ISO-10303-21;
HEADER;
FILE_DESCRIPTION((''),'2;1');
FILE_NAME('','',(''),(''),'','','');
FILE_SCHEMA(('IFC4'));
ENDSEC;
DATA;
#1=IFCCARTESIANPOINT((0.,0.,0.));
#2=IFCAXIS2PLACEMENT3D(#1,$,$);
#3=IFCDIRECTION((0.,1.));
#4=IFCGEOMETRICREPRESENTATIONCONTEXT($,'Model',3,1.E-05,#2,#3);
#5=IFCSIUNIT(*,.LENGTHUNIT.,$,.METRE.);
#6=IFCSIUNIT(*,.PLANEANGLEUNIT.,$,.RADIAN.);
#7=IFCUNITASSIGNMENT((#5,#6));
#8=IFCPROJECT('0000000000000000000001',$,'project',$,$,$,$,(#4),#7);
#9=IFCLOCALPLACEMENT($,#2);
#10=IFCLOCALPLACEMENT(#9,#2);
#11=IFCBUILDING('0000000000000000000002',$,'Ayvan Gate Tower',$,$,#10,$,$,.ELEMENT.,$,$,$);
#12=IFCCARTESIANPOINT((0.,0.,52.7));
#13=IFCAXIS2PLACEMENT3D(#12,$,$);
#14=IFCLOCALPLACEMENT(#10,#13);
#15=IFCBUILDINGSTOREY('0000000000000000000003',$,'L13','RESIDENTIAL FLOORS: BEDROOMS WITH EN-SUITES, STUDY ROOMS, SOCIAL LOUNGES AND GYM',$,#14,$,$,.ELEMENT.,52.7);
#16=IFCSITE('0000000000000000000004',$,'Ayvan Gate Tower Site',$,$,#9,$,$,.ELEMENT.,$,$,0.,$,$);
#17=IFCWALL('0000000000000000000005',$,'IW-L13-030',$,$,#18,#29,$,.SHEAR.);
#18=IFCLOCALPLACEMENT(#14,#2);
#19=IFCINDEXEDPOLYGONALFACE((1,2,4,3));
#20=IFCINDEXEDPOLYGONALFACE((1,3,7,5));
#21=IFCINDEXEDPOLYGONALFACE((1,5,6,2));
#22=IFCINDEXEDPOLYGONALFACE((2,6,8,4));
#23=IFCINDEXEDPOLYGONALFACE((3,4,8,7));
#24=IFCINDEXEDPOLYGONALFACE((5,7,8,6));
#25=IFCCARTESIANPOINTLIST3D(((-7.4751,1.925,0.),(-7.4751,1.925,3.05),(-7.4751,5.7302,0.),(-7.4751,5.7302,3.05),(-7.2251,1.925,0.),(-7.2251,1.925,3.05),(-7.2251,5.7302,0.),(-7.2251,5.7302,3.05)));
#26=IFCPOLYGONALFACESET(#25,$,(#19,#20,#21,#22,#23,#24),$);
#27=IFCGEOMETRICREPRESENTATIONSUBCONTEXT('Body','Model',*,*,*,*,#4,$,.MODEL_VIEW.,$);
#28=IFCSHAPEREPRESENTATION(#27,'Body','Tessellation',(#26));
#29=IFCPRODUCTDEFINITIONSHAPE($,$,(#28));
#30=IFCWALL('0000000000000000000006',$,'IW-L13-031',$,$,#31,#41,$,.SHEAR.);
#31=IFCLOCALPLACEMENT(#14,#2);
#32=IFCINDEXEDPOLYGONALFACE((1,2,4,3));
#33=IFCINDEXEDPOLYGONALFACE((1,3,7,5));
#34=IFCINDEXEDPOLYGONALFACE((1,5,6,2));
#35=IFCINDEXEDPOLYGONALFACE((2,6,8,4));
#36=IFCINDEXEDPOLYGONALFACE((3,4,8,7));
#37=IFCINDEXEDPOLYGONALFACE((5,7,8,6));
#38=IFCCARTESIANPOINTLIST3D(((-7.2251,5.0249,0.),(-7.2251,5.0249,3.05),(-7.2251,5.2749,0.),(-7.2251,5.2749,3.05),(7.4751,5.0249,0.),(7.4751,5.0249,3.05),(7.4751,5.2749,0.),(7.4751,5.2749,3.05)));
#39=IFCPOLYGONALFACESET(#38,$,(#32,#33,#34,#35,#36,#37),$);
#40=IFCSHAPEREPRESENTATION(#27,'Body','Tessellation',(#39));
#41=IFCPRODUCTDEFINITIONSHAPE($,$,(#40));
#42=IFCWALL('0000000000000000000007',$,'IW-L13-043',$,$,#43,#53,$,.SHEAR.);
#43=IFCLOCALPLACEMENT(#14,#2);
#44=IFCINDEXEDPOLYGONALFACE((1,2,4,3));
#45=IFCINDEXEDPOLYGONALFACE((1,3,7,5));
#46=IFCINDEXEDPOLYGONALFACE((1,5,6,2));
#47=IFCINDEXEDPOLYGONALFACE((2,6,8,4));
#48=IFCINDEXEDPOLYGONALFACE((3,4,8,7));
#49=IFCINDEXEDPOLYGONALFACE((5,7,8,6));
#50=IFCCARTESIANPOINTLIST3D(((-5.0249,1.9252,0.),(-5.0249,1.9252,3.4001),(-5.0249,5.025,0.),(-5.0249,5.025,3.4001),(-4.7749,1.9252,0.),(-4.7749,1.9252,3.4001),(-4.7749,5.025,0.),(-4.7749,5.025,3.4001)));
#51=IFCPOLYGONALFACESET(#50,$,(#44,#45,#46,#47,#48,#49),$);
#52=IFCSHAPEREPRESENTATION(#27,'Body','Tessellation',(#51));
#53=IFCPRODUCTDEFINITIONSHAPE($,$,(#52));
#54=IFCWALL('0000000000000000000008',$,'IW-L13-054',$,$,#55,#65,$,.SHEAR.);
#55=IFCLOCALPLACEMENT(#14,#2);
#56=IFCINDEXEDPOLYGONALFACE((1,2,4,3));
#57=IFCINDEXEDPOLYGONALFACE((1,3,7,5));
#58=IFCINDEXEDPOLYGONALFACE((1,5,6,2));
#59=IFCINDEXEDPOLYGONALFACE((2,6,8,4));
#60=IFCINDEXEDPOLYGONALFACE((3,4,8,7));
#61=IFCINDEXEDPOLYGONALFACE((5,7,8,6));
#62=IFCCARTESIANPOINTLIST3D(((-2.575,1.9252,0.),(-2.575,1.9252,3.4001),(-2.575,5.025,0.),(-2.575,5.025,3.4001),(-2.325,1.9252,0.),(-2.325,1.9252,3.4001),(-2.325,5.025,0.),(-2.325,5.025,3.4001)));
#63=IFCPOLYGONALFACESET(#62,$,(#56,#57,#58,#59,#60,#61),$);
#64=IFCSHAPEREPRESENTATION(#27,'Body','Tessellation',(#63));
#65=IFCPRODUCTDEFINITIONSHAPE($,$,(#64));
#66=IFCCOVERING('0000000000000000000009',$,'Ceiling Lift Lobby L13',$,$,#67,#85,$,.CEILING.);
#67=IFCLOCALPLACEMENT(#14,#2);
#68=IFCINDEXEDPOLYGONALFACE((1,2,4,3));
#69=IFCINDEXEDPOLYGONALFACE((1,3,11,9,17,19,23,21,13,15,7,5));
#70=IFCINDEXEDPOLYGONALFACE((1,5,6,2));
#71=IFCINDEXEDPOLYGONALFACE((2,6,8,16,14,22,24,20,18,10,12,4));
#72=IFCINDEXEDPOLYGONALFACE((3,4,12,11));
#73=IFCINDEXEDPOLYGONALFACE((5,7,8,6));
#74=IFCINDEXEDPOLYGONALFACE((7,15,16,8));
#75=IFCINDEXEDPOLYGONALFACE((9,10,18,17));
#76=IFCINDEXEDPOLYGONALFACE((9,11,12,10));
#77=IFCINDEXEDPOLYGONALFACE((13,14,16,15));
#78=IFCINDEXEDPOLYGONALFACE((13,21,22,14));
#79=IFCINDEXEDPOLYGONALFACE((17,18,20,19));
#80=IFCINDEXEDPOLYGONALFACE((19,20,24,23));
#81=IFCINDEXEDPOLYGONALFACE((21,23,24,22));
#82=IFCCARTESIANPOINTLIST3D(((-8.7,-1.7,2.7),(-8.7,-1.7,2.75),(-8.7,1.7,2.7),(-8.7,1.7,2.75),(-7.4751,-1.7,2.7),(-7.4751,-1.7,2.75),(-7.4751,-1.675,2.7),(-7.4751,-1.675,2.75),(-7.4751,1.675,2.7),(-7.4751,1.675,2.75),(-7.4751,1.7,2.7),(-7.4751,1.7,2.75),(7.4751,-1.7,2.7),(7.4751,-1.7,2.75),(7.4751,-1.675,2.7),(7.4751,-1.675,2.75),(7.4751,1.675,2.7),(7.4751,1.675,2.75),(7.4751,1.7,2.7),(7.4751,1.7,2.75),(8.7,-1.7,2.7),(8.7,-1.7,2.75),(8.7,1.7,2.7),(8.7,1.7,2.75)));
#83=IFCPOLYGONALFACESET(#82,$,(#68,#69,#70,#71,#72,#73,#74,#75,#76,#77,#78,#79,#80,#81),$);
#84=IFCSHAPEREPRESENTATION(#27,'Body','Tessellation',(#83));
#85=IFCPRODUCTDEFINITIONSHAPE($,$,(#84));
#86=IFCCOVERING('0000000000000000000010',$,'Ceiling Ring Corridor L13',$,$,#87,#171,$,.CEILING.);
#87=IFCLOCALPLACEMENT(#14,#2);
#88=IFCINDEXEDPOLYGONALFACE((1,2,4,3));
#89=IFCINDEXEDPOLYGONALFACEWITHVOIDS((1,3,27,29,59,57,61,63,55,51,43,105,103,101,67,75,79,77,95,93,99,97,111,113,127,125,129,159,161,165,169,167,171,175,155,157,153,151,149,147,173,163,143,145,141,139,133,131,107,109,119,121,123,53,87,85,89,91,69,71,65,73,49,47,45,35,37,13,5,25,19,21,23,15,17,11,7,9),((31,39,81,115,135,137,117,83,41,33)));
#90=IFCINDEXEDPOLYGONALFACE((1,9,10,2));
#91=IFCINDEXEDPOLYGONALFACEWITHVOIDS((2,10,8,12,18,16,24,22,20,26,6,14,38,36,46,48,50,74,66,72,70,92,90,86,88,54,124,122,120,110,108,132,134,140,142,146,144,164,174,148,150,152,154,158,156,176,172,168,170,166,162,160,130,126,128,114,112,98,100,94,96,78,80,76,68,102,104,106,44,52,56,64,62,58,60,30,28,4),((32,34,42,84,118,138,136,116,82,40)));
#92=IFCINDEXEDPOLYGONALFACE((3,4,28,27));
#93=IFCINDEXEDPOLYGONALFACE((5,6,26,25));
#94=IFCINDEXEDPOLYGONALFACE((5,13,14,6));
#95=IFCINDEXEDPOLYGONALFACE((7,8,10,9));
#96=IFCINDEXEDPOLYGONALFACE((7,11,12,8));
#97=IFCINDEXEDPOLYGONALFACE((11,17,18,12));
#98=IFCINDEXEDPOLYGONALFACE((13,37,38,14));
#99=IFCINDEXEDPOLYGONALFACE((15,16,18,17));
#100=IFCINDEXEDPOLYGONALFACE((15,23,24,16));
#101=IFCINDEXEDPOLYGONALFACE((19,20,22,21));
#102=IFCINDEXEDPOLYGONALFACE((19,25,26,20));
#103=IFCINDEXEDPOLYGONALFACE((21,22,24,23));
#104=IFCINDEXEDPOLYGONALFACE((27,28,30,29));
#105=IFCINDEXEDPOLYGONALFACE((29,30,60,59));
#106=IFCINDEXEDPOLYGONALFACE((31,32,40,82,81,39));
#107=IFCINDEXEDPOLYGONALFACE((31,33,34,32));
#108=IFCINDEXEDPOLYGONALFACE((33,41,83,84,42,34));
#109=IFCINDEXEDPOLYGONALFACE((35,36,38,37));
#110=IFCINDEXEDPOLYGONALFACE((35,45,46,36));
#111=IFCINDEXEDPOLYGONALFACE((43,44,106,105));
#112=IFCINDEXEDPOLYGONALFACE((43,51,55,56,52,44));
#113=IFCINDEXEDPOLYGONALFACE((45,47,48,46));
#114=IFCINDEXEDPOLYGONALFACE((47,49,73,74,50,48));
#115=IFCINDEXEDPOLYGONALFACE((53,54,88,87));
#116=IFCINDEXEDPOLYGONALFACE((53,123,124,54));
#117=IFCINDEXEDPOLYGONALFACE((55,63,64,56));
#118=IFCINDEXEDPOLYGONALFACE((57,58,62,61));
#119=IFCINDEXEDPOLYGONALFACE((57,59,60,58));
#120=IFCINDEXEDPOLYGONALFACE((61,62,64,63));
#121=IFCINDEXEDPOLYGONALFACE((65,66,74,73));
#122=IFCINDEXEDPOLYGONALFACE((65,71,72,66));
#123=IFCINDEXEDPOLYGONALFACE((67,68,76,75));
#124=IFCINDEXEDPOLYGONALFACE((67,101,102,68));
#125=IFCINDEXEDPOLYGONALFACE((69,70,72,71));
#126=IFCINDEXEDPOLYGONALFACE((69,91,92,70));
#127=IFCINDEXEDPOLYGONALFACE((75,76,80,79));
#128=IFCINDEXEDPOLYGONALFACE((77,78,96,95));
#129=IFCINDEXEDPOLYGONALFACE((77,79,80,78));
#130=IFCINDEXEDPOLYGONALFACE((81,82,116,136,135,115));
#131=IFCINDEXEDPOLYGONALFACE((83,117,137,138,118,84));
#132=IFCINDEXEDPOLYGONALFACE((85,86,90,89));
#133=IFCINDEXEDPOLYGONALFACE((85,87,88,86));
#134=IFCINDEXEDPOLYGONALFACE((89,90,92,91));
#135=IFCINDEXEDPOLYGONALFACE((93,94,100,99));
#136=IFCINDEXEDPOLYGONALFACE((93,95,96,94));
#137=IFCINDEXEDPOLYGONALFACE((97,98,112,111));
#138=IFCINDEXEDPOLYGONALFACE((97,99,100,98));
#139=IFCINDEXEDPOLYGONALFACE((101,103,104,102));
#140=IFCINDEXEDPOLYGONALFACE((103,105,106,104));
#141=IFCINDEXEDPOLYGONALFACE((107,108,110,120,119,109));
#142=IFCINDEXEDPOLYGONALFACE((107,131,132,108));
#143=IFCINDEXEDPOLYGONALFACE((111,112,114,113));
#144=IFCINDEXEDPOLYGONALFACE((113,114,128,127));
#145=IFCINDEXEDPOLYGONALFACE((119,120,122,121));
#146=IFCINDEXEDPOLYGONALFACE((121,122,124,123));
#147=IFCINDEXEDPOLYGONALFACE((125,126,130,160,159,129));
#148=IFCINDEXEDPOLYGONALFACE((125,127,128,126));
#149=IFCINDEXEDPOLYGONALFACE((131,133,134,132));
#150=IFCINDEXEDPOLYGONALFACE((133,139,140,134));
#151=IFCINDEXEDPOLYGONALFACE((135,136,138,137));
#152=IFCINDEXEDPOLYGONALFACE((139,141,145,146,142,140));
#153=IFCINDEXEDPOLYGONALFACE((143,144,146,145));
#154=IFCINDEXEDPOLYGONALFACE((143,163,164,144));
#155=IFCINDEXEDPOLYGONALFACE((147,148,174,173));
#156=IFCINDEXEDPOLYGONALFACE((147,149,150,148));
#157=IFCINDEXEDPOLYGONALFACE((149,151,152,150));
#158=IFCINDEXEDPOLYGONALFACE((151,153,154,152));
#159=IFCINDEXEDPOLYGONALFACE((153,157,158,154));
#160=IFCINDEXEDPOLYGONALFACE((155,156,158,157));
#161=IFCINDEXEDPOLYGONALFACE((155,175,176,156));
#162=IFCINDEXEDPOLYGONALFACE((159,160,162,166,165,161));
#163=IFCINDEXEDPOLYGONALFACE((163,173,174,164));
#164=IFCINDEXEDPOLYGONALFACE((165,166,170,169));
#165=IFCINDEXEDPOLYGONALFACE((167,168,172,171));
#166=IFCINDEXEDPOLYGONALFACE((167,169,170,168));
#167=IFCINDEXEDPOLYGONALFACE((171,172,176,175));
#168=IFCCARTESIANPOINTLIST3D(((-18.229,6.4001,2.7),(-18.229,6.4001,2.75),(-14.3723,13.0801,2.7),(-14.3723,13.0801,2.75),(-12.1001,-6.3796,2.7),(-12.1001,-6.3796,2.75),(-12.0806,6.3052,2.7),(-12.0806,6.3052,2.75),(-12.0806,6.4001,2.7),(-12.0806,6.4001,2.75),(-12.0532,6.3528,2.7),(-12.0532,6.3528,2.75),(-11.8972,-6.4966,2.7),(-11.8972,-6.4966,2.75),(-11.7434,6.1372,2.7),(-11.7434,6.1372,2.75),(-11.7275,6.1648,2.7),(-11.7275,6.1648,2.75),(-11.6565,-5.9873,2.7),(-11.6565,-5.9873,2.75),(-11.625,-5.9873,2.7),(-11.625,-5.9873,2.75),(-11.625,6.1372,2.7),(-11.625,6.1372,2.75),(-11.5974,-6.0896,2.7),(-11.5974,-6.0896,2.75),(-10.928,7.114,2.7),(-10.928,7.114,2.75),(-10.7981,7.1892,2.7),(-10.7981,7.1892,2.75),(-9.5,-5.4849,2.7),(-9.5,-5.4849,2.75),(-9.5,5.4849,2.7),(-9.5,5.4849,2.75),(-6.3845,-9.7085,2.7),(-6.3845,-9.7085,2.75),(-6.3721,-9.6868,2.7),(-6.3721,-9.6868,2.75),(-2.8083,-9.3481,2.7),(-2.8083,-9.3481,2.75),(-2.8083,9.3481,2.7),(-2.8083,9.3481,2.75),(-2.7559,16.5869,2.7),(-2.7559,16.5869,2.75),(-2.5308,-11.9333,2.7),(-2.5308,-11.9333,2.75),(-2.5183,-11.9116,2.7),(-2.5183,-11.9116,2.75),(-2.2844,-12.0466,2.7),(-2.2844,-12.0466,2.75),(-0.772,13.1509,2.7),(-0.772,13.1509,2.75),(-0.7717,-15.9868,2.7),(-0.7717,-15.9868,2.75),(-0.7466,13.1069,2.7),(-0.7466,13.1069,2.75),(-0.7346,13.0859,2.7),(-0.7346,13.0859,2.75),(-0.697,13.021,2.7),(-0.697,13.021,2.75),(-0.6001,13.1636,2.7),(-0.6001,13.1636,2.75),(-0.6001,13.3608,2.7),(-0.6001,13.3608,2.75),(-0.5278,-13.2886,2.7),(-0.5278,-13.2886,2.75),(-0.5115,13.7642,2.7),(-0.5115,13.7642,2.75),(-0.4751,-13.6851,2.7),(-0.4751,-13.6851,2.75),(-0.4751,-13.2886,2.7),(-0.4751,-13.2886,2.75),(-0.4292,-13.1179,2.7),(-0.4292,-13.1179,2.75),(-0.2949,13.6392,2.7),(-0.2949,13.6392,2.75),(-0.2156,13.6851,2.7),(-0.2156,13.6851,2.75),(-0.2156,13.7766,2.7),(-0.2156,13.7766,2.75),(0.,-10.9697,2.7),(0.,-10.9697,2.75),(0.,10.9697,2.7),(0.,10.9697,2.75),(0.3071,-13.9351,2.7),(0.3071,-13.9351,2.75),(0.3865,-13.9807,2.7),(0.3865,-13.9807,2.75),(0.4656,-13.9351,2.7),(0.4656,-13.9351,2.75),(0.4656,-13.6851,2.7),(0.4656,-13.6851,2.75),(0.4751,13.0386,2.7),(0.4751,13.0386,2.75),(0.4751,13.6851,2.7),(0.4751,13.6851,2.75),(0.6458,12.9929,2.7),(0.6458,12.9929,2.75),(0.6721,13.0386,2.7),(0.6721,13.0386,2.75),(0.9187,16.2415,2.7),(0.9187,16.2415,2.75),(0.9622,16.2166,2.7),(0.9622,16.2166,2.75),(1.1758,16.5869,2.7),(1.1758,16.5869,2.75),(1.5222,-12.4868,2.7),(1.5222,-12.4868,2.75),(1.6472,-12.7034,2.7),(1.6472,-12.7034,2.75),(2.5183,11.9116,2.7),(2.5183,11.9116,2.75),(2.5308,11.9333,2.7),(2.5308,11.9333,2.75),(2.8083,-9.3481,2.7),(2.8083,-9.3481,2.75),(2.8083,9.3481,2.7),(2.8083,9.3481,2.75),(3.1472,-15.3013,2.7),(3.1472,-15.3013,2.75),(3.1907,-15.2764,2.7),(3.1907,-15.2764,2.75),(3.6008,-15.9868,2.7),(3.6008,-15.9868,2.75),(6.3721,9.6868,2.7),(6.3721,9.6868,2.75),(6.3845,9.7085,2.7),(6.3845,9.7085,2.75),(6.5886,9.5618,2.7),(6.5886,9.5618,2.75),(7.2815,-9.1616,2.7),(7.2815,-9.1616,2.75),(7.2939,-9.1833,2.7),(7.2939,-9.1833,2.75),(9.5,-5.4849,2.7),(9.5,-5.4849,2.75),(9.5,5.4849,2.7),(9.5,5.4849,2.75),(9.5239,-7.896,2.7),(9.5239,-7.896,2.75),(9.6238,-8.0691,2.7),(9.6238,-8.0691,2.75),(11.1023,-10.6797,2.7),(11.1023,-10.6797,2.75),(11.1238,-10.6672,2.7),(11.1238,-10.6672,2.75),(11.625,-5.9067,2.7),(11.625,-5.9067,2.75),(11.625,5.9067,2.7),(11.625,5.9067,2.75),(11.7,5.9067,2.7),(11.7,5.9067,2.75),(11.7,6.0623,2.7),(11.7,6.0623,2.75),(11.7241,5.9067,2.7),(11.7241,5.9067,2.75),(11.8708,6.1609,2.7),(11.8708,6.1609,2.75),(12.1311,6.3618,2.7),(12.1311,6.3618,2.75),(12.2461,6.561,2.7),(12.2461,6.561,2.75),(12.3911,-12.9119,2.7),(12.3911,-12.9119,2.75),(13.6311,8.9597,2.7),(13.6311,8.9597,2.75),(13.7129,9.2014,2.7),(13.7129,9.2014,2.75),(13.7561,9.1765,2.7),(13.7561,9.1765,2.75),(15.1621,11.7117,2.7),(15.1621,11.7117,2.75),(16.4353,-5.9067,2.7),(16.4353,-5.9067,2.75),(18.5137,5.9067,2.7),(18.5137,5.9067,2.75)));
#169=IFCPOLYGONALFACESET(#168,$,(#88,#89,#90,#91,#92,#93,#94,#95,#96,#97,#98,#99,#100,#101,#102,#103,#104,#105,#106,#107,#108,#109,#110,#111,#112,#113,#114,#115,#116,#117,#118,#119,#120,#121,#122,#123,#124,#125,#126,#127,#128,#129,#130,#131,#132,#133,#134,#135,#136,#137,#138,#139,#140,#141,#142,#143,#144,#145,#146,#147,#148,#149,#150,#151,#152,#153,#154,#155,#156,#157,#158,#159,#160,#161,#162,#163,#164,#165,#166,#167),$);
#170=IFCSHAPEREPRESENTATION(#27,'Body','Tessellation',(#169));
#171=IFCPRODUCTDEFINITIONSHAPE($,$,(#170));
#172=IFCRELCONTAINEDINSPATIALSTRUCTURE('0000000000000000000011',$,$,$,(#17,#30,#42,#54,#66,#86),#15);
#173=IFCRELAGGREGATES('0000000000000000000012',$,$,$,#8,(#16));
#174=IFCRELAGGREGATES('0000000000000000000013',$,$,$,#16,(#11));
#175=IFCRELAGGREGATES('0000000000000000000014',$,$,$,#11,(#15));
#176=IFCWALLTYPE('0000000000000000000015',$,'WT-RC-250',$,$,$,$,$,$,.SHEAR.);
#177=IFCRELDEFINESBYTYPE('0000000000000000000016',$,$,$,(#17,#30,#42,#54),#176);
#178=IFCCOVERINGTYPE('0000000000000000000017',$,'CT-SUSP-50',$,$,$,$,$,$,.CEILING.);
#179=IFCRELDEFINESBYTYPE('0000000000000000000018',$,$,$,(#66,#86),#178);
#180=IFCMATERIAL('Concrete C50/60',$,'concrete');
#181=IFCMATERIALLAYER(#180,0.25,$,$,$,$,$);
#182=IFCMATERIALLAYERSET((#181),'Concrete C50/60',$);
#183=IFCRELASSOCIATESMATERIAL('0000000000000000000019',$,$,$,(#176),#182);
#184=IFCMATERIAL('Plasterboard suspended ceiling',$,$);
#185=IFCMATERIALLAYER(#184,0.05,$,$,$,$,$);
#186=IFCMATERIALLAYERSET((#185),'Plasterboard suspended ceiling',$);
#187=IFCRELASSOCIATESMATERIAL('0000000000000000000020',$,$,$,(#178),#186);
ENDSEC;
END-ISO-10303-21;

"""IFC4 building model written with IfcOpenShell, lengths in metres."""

from ifc_helpers import new_model, si_unit, direction, frame, frame_2d, origin, place, context, subcontext, project, spatial, polyline, rectangle, outline, extrude, material, layer, layer_set, type_object, element, save


model = new_model("IFC4")

# Units and contexts
model_context = context("Model", 3, precision=1e-05, world=origin(), true_north=direction((0.0, 1.0)))
body_context = subcontext(model_context, "Body", "Model", "MODEL_VIEW")
ifc_project = project(units=[si_unit("LENGTHUNIT", "METRE"), si_unit("PLANEANGLEUNIT", "RADIAN")], contexts=[model_context])

# Site, building, storey
site_placement = place(None, origin())
site = spatial("IfcSite", under=ifc_project, at=site_placement, Name="Ayvan Gate Tower Site", CompositionType="ELEMENT", RefElevation=0.0)
building_placement = place(site_placement, origin())
building = spatial("IfcBuilding", under=site, at=building_placement, Name="Ayvan Gate Tower", CompositionType="ELEMENT")
storey_placement = place(building_placement, frame((0.0, 0.0, 52.7)))
storey = spatial("IfcBuildingStorey", under=building, at=storey_placement, Name="L13", Description="RESIDENTIAL FLOORS: BEDROOMS WITH EN-SUITES, STUDY ROOMS, SOCIAL LOUNGES AND GYM", CompositionType="ELEMENT", Elevation=52.7)

# Walls
ifc_material_1 = material(Name="Concrete C50/60", Category="concrete")
ifc_layer_1 = layer(ifc_material_1, 0.25)
ifc_layer_set_1 = layer_set([ifc_layer_1], Name="Concrete C50/60")
wall_type_1 = type_object("IfcWallType", Name="WT-RC-250", PredefinedType="SHEAR", material=ifc_layer_set_1)
wall_1_placement = place(storey_placement, frame((-7.3501, 1.925, 0.0), z_axis=(0.0, 0.0, 1.0), x_axis=(0.0, 1.0, 0.0)))
element("IfcWall", 1, at=wall_1_placement, inside=storey, type_object=wall_type_1, Name="IW-L13-030", PredefinedType="SHEAR", context=body_context, shape_type="SweptSolid", body=[
    extrude(rectangle(XDim=3.8052, YDim=0.25, at=frame_2d((1.9026, 0.0))), origin(), (0.0, 0.0, 1.0), 3.05),
])
wall_2_placement = place(storey_placement, frame((-7.2251, 5.1499, 0.0), z_axis=(0.0, 0.0, 1.0), x_axis=(1.0, 0.0, 0.0)))
element("IfcWall", 2, at=wall_2_placement, inside=storey, type_object=wall_type_1, Name="IW-L13-031", PredefinedType="SHEAR", context=body_context, shape_type="SweptSolid", body=[
    extrude(rectangle(XDim=14.7002, YDim=0.25, at=frame_2d((7.3501, 0.0))), origin(), (0.0, 0.0, 1.0), 3.05),
])
for number, where, z_axis, x_axis, name in (
    (3, (-4.8999, 5.0249, 0.0), (0.0, 0.0, 1.0), (0.0, -1.0, 0.0), "IW-L13-043"),
    (4, (-2.45, 5.0249, 0.0), (0.0, 0.0, 1.0), (0.0, -1.0, 0.0), "IW-L13-054"),
):
    element("IfcWall", number, at=place(storey_placement, frame(where, z_axis=z_axis, x_axis=x_axis)), inside=storey, type_object=wall_type_1, Name=name, PredefinedType="SHEAR", context=body_context, shape_type="SweptSolid", body=[
        extrude(rectangle(XDim=3.0999, YDim=0.25, at=frame_2d((1.5498, 0.0))), origin(), (0.0, 0.0, 1.0), 3.4001),
    ])

# Coverings
ifc_material_2 = material(Name="Plasterboard suspended ceiling")
ifc_layer_2 = layer(ifc_material_2, 0.05)
ifc_layer_set_2 = layer_set([ifc_layer_2], Name="Plasterboard suspended ceiling")
covering_type = type_object("IfcCoveringType", Name="CT-SUSP-50", PredefinedType="CEILING", material=ifc_layer_set_2)
covering_1_placement = place(storey_placement, frame((0.0, 0.0, 2.7)))
element("IfcCovering", 5, at=covering_1_placement, inside=storey, type_object=covering_type, Name="Ceiling Lift Lobby L13", PredefinedType="CEILING", context=body_context, shape_type="SweptSolid", body=[
    extrude(outline(polyline([(7.4751, -1.675), (-7.4751, -1.675), (-7.4751, -1.7), (-8.7, -1.7), (-8.7, 1.7), (-7.4751, 1.7), (-7.4751, 1.675), (7.4751, 1.675), (7.4751, 1.7), (8.7, 1.7), (8.7, -1.7), (7.4751, -1.7), (7.4751, -1.675)])), origin(), (0.0, 0.0, 1.0), 0.05),
])
covering_2_placement = place(storey_placement, frame((0.0, 0.0, 2.7)))
element("IfcCovering", 6, at=covering_2_placement, inside=storey, type_object=covering_type, Name="Ceiling Ring Corridor L13", PredefinedType="CEILING", context=body_context, shape_type="SweptSolid", body=[
    extrude(outline(polyline([(-12.0806, 6.4001), (-18.229, 6.4001), (-14.3723, 13.0801), (-10.928, 7.114), (-10.7981, 7.1892), (-0.697, 13.021), (-0.7346, 13.0859), (-0.6001, 13.1636), (-0.6001, 13.3608), (-0.7466, 13.1069), (-0.772, 13.1509), (-2.7559, 16.5869), (1.1758, 16.5869), (0.9622, 16.2166), (0.9187, 16.2415), (-0.5115, 13.7642), (-0.2949, 13.6392), (-0.2156, 13.7766), (-0.2156, 13.6851), (0.4751, 13.6851), (0.4751, 13.0386), (0.6721, 13.0386), (0.6458, 12.9929), (2.5183, 11.9116), (2.5308, 11.9333), (6.3845, 9.7085), (6.3721, 9.6868), (6.5886, 9.5618), (12.1311, 6.3618), (12.2461, 6.561), (13.6311, 8.9597), (13.7561, 9.1765), (13.7129, 9.2014), (15.1621, 11.7117), (18.5137, 5.9067), (11.7241, 5.9067), (11.8708, 6.1609), (11.7, 6.0623), (11.7, 5.9067), (11.625, 5.9067), (11.625, -5.9067), (16.4353, -5.9067), (12.3911, -12.9119), (11.1023, -10.6797), (11.1238, -10.6672), (9.6238, -8.0691), (9.5239, -7.896), (7.2939, -9.1833), (7.2815, -9.1616), (1.5222, -12.4868), (1.6472, -12.7034), (3.1472, -15.3013), (3.1907, -15.2764), (3.6008, -15.9868), (-0.7717, -15.9868), (0.3865, -13.9807), (0.3071, -13.9351), (0.4656, -13.9351), (0.4656, -13.6851), (-0.4751, -13.6851), (-0.4751, -13.2886), (-0.5278, -13.2886), (-0.4292, -13.1179), (-2.2844, -12.0466), (-2.5183, -11.9116), (-2.5308, -11.9333), (-6.3845, -9.7085), (-6.3721, -9.6868), (-11.8972, -6.4966), (-12.1001, -6.3796), (-11.5974, -6.0896), (-11.6565, -5.9873), (-11.625, -5.9873), (-11.625, 6.1372), (-11.7434, 6.1372), (-11.7275, 6.1648), (-12.0532, 6.3528), (-12.0806, 6.3052), (-12.0806, 6.4001)]), holes=[polyline([(-9.5, -5.4849), (-2.8083, -9.3481), (0.0, -10.9697), (2.8083, -9.3481), (9.5, -5.4849), (9.5, 5.4849), (2.8083, 9.3481), (0.0, 10.9697), (-2.8083, 9.3481), (-9.5, 5.4849), (-9.5, -5.4849)])]), origin(), (0.0, 0.0, 1.0), 0.05),
])

save(model, "model.ifc")
